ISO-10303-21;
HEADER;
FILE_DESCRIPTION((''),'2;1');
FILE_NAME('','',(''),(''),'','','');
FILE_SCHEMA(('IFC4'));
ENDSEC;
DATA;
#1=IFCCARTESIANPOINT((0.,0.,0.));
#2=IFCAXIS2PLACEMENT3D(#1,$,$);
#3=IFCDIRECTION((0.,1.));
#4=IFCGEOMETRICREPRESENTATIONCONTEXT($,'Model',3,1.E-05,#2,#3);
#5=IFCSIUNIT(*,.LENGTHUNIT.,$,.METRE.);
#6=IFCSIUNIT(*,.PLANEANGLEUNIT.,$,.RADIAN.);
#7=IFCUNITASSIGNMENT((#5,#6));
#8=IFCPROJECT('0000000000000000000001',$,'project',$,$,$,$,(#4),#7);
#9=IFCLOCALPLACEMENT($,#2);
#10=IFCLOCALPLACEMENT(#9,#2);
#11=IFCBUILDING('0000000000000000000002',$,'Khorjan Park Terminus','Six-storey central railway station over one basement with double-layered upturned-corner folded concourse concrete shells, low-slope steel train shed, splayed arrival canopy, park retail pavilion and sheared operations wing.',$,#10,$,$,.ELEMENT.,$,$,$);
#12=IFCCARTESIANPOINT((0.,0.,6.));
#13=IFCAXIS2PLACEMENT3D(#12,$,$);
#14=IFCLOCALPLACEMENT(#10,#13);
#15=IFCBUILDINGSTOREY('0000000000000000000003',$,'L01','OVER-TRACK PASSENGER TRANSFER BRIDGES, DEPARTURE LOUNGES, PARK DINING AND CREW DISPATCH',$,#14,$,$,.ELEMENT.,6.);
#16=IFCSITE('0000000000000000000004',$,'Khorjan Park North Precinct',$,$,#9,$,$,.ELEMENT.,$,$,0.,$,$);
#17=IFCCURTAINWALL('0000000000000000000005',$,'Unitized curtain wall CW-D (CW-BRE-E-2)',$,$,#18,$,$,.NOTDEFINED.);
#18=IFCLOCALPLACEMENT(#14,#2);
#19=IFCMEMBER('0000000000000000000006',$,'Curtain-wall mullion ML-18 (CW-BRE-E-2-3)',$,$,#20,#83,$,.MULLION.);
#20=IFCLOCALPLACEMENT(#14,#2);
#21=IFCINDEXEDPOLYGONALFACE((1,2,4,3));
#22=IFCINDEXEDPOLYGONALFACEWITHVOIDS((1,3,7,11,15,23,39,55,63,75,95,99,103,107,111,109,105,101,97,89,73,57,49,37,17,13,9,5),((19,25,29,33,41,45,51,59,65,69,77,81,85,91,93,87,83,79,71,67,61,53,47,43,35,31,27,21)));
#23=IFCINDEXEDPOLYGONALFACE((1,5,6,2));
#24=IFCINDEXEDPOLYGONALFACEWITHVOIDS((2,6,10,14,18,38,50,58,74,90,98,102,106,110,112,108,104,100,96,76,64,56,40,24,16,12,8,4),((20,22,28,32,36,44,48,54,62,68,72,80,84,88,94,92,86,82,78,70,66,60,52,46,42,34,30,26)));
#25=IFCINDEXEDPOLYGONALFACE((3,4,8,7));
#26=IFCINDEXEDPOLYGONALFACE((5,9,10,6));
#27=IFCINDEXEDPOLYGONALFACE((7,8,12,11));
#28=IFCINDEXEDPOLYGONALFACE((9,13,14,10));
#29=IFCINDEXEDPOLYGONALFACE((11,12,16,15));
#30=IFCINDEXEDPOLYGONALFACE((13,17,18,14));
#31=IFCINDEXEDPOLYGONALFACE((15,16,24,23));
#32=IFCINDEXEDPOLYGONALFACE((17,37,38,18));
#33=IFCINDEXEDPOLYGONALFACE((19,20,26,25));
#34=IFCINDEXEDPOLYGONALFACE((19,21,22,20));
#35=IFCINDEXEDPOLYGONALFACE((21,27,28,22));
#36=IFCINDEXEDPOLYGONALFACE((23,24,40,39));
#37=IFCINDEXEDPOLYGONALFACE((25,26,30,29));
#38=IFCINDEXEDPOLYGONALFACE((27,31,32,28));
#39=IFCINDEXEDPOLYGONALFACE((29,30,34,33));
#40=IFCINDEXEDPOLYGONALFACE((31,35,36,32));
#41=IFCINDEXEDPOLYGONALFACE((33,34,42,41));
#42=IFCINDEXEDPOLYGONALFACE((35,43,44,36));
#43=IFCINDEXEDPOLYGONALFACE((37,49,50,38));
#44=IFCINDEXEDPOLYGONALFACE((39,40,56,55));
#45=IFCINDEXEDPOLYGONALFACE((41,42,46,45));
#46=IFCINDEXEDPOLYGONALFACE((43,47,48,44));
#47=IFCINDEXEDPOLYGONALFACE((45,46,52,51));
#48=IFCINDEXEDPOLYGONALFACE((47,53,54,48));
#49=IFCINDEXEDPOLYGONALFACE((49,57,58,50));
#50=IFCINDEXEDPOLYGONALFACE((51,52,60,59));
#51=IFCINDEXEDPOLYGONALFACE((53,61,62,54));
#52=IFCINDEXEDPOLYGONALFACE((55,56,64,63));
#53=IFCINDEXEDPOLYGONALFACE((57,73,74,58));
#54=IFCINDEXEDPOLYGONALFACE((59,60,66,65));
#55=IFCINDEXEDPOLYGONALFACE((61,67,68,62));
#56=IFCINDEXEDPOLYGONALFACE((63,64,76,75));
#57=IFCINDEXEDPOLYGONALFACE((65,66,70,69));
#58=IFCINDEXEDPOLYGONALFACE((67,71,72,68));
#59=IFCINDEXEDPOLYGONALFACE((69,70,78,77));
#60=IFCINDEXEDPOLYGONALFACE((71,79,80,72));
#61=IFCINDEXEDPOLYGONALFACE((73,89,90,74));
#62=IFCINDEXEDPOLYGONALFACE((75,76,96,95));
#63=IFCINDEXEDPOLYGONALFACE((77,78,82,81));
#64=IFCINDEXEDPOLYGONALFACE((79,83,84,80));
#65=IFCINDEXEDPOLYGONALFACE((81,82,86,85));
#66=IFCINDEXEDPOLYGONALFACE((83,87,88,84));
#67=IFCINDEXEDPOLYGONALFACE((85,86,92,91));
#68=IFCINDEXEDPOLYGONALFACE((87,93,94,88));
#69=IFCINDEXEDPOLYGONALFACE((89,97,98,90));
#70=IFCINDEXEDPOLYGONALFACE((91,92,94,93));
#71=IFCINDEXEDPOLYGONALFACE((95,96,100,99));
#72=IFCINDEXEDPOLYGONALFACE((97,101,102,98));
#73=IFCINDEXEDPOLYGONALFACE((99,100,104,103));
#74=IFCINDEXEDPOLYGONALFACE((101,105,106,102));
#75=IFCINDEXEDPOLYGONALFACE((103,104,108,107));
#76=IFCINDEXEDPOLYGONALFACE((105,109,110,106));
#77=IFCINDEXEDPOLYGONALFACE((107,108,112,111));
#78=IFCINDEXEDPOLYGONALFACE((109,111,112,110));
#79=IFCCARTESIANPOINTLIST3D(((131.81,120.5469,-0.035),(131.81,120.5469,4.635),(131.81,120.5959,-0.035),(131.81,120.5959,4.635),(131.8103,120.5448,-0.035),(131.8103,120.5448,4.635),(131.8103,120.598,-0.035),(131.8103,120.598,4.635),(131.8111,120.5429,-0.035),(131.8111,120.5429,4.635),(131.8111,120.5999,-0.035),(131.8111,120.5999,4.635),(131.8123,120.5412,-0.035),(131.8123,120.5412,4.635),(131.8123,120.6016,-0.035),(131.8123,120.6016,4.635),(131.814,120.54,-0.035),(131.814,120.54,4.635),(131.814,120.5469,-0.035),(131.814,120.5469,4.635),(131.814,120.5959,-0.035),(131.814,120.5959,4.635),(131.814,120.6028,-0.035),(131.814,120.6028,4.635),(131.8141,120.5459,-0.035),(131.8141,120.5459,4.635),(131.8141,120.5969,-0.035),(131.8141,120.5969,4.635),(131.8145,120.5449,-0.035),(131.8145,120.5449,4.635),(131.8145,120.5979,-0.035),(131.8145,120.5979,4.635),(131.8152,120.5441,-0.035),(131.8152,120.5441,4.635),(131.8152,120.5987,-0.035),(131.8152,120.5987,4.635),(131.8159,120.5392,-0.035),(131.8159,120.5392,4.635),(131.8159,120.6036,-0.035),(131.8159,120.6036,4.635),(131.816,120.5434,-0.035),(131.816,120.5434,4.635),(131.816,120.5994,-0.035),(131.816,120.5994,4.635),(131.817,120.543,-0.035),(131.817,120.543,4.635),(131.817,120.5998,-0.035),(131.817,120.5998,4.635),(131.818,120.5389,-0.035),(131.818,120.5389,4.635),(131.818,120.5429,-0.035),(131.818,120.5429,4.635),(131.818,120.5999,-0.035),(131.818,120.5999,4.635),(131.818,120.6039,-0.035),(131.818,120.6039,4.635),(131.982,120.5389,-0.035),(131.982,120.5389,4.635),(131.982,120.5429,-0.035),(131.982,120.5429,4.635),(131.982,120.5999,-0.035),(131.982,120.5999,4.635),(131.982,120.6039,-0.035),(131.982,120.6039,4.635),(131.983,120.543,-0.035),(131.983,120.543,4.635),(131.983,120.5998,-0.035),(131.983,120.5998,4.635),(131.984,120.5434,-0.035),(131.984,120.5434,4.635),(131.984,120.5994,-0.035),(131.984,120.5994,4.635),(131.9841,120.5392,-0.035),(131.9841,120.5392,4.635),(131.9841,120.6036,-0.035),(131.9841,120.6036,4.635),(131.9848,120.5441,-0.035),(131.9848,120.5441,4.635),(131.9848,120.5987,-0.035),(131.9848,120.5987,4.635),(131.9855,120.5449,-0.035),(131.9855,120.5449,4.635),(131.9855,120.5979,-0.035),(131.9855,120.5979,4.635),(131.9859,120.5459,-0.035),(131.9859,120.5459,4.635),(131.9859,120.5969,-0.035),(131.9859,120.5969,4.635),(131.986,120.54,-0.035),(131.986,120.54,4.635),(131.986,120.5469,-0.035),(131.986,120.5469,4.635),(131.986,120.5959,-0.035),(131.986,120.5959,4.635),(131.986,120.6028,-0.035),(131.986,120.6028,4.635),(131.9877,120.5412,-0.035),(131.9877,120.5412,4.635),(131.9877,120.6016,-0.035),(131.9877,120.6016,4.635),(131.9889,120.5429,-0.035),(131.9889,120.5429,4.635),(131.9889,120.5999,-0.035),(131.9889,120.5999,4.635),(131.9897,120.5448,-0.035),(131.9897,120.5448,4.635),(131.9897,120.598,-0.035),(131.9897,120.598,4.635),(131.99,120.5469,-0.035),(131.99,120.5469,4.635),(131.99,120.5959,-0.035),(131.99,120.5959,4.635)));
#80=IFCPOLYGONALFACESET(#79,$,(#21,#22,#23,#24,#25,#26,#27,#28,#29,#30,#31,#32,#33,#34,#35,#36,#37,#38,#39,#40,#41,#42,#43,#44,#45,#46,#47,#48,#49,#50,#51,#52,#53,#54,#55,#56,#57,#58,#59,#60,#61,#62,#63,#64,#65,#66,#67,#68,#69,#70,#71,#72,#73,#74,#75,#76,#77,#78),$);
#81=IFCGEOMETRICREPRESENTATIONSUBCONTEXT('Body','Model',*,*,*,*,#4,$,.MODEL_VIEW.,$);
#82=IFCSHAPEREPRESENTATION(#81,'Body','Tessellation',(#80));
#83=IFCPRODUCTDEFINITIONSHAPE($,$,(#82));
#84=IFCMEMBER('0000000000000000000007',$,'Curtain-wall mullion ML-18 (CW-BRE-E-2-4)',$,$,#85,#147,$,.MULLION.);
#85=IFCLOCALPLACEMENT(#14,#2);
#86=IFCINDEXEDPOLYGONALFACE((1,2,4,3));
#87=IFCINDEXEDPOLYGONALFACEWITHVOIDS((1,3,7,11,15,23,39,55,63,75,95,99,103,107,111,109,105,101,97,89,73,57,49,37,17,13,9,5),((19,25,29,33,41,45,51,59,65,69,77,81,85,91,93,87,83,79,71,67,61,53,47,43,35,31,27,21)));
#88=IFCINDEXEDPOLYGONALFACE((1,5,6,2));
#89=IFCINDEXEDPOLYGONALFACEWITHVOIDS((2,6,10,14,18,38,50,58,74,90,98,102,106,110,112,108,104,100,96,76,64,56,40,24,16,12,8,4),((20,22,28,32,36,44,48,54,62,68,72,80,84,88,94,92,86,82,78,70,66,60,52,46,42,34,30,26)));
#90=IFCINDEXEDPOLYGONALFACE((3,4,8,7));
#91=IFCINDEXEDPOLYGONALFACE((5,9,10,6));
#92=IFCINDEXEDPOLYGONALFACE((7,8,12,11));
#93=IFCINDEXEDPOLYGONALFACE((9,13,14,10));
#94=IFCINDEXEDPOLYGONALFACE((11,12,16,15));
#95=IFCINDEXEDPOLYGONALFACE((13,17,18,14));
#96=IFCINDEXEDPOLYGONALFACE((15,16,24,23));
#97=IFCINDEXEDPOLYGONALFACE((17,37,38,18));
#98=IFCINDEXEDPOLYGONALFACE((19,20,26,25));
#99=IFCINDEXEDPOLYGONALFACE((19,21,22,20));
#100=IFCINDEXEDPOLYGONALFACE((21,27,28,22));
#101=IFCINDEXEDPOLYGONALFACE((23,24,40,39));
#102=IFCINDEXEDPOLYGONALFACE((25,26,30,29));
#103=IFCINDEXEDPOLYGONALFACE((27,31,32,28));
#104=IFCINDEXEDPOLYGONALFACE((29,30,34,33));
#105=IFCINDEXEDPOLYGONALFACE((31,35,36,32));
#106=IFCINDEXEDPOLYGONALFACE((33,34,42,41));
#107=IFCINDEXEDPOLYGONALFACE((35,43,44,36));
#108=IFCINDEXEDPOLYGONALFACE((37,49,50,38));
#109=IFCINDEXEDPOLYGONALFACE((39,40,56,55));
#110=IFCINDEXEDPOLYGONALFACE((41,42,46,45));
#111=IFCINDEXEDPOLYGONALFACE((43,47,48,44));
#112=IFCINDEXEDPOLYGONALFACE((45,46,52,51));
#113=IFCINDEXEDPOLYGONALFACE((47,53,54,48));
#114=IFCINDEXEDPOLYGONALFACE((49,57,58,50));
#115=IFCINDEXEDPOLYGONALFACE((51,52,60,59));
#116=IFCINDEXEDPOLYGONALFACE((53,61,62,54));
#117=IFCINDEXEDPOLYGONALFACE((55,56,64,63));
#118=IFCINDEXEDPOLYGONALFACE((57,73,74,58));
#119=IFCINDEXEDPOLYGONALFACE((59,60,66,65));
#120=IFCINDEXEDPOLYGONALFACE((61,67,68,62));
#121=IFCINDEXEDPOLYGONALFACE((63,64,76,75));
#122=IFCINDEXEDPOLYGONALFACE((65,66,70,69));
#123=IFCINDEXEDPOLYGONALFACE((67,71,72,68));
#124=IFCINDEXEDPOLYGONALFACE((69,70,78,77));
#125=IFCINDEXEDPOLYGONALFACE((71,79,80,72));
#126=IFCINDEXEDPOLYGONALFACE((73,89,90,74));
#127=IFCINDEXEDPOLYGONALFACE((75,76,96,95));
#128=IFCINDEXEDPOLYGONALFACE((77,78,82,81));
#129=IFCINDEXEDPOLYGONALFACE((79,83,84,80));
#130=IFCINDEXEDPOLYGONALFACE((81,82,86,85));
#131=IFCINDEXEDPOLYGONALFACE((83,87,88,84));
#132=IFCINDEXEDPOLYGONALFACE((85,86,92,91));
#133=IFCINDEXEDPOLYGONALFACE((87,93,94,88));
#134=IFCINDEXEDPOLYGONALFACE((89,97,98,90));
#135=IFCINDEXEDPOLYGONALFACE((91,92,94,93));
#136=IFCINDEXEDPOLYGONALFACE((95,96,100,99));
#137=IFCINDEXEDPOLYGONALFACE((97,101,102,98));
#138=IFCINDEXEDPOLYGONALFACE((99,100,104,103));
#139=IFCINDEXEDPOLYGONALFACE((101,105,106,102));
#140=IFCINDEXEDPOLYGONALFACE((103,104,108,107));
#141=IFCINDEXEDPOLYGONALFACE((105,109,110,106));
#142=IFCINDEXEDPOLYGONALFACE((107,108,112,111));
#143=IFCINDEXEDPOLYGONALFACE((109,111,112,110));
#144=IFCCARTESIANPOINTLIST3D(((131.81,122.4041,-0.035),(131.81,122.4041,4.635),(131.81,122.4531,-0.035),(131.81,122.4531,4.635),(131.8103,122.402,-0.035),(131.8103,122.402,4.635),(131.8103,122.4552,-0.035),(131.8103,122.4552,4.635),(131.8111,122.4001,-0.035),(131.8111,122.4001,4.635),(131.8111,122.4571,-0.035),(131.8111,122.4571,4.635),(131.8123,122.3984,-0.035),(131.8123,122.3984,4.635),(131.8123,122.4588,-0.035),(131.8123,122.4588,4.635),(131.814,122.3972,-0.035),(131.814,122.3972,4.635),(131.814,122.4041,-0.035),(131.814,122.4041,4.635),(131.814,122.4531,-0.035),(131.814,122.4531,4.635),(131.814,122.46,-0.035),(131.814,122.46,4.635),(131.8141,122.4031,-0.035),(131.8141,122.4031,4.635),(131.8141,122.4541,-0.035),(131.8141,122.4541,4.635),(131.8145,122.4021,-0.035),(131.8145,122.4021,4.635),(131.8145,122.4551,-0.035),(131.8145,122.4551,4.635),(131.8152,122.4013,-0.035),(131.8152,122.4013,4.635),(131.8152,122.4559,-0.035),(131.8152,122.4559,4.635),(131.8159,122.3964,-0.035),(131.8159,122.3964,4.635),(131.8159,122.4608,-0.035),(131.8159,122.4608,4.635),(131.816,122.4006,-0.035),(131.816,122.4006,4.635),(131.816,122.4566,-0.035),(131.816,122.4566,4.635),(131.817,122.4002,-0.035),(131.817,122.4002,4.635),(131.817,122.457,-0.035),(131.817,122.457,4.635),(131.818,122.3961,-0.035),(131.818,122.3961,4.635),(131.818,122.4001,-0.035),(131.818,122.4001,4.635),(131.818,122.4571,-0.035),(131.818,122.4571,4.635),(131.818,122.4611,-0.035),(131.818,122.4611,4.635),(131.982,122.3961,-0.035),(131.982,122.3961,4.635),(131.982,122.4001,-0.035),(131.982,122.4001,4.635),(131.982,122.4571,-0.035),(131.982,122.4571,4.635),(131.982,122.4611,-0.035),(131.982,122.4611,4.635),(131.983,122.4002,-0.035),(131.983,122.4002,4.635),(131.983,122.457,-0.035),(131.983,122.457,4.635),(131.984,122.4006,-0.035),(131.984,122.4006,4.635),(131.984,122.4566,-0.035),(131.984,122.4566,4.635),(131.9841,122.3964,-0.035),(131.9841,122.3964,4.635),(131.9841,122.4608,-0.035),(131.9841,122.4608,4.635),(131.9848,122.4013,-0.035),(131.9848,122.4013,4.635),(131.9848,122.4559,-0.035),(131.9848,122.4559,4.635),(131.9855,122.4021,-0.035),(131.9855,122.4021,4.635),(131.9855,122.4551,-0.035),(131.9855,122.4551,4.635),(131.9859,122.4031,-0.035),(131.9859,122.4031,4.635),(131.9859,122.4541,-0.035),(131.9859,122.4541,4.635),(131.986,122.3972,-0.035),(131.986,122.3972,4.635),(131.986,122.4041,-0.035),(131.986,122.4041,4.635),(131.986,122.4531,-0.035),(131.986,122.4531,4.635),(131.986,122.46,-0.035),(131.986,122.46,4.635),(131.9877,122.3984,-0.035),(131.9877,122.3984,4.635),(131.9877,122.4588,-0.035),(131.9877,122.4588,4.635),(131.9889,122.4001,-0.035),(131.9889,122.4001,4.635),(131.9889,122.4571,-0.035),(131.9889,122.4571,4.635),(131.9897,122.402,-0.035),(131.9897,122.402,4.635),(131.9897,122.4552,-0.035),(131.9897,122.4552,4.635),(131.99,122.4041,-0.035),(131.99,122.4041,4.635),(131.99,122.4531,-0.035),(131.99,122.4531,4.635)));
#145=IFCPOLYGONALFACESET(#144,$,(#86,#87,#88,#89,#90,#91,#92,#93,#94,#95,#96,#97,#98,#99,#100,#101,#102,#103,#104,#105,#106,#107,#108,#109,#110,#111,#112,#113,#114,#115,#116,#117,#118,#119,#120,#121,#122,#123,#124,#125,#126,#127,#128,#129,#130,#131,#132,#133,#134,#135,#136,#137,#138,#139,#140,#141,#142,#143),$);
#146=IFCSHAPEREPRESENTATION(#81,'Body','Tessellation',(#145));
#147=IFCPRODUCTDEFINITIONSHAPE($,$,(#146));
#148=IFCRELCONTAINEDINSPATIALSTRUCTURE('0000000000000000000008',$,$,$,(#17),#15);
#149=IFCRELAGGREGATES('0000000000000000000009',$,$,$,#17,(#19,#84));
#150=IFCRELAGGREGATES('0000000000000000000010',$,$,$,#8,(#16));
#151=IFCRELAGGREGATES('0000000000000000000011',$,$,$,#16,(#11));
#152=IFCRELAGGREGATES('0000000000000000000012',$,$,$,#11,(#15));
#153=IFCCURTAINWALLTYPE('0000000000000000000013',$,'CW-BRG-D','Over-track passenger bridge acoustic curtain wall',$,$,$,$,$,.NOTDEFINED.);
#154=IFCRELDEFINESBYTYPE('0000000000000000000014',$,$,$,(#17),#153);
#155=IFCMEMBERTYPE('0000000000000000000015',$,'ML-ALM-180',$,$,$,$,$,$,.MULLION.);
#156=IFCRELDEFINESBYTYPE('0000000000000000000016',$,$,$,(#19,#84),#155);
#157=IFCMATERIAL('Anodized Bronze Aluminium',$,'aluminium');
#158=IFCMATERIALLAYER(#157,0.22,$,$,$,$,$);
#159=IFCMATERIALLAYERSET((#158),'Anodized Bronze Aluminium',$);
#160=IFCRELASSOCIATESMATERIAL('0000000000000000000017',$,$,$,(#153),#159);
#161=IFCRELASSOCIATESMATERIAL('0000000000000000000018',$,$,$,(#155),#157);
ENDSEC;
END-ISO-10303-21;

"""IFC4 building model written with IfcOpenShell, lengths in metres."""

from ifc_helpers import new_model, si_unit, direction, frame, origin, origin_2d, place, context, subcontext, project, spatial, hollow_rectangle, extrude, material, layer, layer_set, material_profile, profile_set, type_object, element, aggregate, save


model = new_model("IFC4")

# Units and contexts
model_context = context("Model", 3, precision=1e-05, world=origin(), true_north=direction((0.0, 1.0)))
body_context = subcontext(model_context, "Body", "Model", "MODEL_VIEW")
ifc_project = project(units=[si_unit("LENGTHUNIT", "METRE"), si_unit("PLANEANGLEUNIT", "RADIAN")], contexts=[model_context])

# Site, building, storey
site_placement = place(None, origin())
site = spatial("IfcSite", under=ifc_project, at=site_placement, Name="Khorjan Park North Precinct", CompositionType="ELEMENT", RefElevation=0.0)
building_placement = place(site_placement, origin())
building = spatial("IfcBuilding", under=site, at=building_placement, Name="Khorjan Park Terminus", Description="Six-storey central railway station over one basement with double-layered upturned-corner folded concourse concrete shells, low-slope steel train shed, splayed arrival canopy, park retail pavilion and sheared operations wing.", CompositionType="ELEMENT")
storey_placement = place(building_placement, frame((0.0, 0.0, 6.0)))
storey = spatial("IfcBuildingStorey", under=building, at=storey_placement, Name="L01", Description="OVER-TRACK PASSENGER TRANSFER BRIDGES, DEPARTURE LOUNGES, PARK DINING AND CREW DISPATCH", CompositionType="ELEMENT", Elevation=6.0)

# Curtain wall, members
ifc_material_1 = material(Name="Anodized Bronze Aluminium", Category="aluminium")
ifc_layer_1 = layer(ifc_material_1, 0.22)
ifc_layer_set_1 = layer_set([ifc_layer_1], Name="Anodized Bronze Aluminium")
curtain_wall_type = type_object("IfcCurtainWallType", Name="CW-BRG-D", Description="Over-track passenger bridge acoustic curtain wall", PredefinedType="NOTDEFINED", material=ifc_layer_set_1)
curtain_wall_placement = place(storey_placement, origin())
curtain_wall = element("IfcCurtainWall", 1, at=curtain_wall_placement, inside=storey, type_object=curtain_wall_type, Name="Unitized curtain wall CW-D (CW-BRE-E-2)", PredefinedType="NOTDEFINED")
ifc_material_profile_1 = material_profile(ifc_material_1, hollow_rectangle(XDim=0.065, YDim=0.18, WallThickness=0.004, InnerFilletRadius=0.004, OuterFilletRadius=0.008, at=origin_2d()), Name="ALM 65x180x4")
ifc_profile_set_1 = profile_set([ifc_material_profile_1], Name="Anodized Bronze Aluminium")
member_type_1 = type_object("IfcMemberType", Name="ML-ALM-180", PredefinedType="MULLION", material=ifc_profile_set_1)
member_1_placement = place(storey_placement, frame((131.9, 120.5714, -0.035), z_axis=(0.0, 0.0, 1.0), x_axis=(0.0, 1.0, 0.0)))
member_1 = element("IfcMember", 2, at=member_1_placement, type_object=member_type_1, Name="Curtain-wall mullion ML-18 (CW-BRE-E-2-3)", PredefinedType="MULLION", context=body_context, shape_type="SweptSolid", body=[
    extrude(hollow_rectangle(XDim=0.065, YDim=0.18, WallThickness=0.004, InnerFilletRadius=0.004, OuterFilletRadius=0.008, at=origin_2d()), origin(), (0.0, 0.0, 1.0), 4.67),
])
member_2_placement = place(storey_placement, frame((131.9, 122.4286, -0.035), z_axis=(0.0, 0.0, 1.0), x_axis=(0.0, 1.0, 0.0)))
member_2 = element("IfcMember", 3, at=member_2_placement, type_object=member_type_1, Name="Curtain-wall mullion ML-18 (CW-BRE-E-2-4)", PredefinedType="MULLION", context=body_context, shape_type="SweptSolid", body=[
    extrude(hollow_rectangle(XDim=0.065, YDim=0.18, WallThickness=0.004, InnerFilletRadius=0.004, OuterFilletRadius=0.008, at=origin_2d()), origin(), (0.0, 0.0, 1.0), 4.67),
])
aggregate(curtain_wall, [member_1, member_2])

save(model, "model.ifc")
